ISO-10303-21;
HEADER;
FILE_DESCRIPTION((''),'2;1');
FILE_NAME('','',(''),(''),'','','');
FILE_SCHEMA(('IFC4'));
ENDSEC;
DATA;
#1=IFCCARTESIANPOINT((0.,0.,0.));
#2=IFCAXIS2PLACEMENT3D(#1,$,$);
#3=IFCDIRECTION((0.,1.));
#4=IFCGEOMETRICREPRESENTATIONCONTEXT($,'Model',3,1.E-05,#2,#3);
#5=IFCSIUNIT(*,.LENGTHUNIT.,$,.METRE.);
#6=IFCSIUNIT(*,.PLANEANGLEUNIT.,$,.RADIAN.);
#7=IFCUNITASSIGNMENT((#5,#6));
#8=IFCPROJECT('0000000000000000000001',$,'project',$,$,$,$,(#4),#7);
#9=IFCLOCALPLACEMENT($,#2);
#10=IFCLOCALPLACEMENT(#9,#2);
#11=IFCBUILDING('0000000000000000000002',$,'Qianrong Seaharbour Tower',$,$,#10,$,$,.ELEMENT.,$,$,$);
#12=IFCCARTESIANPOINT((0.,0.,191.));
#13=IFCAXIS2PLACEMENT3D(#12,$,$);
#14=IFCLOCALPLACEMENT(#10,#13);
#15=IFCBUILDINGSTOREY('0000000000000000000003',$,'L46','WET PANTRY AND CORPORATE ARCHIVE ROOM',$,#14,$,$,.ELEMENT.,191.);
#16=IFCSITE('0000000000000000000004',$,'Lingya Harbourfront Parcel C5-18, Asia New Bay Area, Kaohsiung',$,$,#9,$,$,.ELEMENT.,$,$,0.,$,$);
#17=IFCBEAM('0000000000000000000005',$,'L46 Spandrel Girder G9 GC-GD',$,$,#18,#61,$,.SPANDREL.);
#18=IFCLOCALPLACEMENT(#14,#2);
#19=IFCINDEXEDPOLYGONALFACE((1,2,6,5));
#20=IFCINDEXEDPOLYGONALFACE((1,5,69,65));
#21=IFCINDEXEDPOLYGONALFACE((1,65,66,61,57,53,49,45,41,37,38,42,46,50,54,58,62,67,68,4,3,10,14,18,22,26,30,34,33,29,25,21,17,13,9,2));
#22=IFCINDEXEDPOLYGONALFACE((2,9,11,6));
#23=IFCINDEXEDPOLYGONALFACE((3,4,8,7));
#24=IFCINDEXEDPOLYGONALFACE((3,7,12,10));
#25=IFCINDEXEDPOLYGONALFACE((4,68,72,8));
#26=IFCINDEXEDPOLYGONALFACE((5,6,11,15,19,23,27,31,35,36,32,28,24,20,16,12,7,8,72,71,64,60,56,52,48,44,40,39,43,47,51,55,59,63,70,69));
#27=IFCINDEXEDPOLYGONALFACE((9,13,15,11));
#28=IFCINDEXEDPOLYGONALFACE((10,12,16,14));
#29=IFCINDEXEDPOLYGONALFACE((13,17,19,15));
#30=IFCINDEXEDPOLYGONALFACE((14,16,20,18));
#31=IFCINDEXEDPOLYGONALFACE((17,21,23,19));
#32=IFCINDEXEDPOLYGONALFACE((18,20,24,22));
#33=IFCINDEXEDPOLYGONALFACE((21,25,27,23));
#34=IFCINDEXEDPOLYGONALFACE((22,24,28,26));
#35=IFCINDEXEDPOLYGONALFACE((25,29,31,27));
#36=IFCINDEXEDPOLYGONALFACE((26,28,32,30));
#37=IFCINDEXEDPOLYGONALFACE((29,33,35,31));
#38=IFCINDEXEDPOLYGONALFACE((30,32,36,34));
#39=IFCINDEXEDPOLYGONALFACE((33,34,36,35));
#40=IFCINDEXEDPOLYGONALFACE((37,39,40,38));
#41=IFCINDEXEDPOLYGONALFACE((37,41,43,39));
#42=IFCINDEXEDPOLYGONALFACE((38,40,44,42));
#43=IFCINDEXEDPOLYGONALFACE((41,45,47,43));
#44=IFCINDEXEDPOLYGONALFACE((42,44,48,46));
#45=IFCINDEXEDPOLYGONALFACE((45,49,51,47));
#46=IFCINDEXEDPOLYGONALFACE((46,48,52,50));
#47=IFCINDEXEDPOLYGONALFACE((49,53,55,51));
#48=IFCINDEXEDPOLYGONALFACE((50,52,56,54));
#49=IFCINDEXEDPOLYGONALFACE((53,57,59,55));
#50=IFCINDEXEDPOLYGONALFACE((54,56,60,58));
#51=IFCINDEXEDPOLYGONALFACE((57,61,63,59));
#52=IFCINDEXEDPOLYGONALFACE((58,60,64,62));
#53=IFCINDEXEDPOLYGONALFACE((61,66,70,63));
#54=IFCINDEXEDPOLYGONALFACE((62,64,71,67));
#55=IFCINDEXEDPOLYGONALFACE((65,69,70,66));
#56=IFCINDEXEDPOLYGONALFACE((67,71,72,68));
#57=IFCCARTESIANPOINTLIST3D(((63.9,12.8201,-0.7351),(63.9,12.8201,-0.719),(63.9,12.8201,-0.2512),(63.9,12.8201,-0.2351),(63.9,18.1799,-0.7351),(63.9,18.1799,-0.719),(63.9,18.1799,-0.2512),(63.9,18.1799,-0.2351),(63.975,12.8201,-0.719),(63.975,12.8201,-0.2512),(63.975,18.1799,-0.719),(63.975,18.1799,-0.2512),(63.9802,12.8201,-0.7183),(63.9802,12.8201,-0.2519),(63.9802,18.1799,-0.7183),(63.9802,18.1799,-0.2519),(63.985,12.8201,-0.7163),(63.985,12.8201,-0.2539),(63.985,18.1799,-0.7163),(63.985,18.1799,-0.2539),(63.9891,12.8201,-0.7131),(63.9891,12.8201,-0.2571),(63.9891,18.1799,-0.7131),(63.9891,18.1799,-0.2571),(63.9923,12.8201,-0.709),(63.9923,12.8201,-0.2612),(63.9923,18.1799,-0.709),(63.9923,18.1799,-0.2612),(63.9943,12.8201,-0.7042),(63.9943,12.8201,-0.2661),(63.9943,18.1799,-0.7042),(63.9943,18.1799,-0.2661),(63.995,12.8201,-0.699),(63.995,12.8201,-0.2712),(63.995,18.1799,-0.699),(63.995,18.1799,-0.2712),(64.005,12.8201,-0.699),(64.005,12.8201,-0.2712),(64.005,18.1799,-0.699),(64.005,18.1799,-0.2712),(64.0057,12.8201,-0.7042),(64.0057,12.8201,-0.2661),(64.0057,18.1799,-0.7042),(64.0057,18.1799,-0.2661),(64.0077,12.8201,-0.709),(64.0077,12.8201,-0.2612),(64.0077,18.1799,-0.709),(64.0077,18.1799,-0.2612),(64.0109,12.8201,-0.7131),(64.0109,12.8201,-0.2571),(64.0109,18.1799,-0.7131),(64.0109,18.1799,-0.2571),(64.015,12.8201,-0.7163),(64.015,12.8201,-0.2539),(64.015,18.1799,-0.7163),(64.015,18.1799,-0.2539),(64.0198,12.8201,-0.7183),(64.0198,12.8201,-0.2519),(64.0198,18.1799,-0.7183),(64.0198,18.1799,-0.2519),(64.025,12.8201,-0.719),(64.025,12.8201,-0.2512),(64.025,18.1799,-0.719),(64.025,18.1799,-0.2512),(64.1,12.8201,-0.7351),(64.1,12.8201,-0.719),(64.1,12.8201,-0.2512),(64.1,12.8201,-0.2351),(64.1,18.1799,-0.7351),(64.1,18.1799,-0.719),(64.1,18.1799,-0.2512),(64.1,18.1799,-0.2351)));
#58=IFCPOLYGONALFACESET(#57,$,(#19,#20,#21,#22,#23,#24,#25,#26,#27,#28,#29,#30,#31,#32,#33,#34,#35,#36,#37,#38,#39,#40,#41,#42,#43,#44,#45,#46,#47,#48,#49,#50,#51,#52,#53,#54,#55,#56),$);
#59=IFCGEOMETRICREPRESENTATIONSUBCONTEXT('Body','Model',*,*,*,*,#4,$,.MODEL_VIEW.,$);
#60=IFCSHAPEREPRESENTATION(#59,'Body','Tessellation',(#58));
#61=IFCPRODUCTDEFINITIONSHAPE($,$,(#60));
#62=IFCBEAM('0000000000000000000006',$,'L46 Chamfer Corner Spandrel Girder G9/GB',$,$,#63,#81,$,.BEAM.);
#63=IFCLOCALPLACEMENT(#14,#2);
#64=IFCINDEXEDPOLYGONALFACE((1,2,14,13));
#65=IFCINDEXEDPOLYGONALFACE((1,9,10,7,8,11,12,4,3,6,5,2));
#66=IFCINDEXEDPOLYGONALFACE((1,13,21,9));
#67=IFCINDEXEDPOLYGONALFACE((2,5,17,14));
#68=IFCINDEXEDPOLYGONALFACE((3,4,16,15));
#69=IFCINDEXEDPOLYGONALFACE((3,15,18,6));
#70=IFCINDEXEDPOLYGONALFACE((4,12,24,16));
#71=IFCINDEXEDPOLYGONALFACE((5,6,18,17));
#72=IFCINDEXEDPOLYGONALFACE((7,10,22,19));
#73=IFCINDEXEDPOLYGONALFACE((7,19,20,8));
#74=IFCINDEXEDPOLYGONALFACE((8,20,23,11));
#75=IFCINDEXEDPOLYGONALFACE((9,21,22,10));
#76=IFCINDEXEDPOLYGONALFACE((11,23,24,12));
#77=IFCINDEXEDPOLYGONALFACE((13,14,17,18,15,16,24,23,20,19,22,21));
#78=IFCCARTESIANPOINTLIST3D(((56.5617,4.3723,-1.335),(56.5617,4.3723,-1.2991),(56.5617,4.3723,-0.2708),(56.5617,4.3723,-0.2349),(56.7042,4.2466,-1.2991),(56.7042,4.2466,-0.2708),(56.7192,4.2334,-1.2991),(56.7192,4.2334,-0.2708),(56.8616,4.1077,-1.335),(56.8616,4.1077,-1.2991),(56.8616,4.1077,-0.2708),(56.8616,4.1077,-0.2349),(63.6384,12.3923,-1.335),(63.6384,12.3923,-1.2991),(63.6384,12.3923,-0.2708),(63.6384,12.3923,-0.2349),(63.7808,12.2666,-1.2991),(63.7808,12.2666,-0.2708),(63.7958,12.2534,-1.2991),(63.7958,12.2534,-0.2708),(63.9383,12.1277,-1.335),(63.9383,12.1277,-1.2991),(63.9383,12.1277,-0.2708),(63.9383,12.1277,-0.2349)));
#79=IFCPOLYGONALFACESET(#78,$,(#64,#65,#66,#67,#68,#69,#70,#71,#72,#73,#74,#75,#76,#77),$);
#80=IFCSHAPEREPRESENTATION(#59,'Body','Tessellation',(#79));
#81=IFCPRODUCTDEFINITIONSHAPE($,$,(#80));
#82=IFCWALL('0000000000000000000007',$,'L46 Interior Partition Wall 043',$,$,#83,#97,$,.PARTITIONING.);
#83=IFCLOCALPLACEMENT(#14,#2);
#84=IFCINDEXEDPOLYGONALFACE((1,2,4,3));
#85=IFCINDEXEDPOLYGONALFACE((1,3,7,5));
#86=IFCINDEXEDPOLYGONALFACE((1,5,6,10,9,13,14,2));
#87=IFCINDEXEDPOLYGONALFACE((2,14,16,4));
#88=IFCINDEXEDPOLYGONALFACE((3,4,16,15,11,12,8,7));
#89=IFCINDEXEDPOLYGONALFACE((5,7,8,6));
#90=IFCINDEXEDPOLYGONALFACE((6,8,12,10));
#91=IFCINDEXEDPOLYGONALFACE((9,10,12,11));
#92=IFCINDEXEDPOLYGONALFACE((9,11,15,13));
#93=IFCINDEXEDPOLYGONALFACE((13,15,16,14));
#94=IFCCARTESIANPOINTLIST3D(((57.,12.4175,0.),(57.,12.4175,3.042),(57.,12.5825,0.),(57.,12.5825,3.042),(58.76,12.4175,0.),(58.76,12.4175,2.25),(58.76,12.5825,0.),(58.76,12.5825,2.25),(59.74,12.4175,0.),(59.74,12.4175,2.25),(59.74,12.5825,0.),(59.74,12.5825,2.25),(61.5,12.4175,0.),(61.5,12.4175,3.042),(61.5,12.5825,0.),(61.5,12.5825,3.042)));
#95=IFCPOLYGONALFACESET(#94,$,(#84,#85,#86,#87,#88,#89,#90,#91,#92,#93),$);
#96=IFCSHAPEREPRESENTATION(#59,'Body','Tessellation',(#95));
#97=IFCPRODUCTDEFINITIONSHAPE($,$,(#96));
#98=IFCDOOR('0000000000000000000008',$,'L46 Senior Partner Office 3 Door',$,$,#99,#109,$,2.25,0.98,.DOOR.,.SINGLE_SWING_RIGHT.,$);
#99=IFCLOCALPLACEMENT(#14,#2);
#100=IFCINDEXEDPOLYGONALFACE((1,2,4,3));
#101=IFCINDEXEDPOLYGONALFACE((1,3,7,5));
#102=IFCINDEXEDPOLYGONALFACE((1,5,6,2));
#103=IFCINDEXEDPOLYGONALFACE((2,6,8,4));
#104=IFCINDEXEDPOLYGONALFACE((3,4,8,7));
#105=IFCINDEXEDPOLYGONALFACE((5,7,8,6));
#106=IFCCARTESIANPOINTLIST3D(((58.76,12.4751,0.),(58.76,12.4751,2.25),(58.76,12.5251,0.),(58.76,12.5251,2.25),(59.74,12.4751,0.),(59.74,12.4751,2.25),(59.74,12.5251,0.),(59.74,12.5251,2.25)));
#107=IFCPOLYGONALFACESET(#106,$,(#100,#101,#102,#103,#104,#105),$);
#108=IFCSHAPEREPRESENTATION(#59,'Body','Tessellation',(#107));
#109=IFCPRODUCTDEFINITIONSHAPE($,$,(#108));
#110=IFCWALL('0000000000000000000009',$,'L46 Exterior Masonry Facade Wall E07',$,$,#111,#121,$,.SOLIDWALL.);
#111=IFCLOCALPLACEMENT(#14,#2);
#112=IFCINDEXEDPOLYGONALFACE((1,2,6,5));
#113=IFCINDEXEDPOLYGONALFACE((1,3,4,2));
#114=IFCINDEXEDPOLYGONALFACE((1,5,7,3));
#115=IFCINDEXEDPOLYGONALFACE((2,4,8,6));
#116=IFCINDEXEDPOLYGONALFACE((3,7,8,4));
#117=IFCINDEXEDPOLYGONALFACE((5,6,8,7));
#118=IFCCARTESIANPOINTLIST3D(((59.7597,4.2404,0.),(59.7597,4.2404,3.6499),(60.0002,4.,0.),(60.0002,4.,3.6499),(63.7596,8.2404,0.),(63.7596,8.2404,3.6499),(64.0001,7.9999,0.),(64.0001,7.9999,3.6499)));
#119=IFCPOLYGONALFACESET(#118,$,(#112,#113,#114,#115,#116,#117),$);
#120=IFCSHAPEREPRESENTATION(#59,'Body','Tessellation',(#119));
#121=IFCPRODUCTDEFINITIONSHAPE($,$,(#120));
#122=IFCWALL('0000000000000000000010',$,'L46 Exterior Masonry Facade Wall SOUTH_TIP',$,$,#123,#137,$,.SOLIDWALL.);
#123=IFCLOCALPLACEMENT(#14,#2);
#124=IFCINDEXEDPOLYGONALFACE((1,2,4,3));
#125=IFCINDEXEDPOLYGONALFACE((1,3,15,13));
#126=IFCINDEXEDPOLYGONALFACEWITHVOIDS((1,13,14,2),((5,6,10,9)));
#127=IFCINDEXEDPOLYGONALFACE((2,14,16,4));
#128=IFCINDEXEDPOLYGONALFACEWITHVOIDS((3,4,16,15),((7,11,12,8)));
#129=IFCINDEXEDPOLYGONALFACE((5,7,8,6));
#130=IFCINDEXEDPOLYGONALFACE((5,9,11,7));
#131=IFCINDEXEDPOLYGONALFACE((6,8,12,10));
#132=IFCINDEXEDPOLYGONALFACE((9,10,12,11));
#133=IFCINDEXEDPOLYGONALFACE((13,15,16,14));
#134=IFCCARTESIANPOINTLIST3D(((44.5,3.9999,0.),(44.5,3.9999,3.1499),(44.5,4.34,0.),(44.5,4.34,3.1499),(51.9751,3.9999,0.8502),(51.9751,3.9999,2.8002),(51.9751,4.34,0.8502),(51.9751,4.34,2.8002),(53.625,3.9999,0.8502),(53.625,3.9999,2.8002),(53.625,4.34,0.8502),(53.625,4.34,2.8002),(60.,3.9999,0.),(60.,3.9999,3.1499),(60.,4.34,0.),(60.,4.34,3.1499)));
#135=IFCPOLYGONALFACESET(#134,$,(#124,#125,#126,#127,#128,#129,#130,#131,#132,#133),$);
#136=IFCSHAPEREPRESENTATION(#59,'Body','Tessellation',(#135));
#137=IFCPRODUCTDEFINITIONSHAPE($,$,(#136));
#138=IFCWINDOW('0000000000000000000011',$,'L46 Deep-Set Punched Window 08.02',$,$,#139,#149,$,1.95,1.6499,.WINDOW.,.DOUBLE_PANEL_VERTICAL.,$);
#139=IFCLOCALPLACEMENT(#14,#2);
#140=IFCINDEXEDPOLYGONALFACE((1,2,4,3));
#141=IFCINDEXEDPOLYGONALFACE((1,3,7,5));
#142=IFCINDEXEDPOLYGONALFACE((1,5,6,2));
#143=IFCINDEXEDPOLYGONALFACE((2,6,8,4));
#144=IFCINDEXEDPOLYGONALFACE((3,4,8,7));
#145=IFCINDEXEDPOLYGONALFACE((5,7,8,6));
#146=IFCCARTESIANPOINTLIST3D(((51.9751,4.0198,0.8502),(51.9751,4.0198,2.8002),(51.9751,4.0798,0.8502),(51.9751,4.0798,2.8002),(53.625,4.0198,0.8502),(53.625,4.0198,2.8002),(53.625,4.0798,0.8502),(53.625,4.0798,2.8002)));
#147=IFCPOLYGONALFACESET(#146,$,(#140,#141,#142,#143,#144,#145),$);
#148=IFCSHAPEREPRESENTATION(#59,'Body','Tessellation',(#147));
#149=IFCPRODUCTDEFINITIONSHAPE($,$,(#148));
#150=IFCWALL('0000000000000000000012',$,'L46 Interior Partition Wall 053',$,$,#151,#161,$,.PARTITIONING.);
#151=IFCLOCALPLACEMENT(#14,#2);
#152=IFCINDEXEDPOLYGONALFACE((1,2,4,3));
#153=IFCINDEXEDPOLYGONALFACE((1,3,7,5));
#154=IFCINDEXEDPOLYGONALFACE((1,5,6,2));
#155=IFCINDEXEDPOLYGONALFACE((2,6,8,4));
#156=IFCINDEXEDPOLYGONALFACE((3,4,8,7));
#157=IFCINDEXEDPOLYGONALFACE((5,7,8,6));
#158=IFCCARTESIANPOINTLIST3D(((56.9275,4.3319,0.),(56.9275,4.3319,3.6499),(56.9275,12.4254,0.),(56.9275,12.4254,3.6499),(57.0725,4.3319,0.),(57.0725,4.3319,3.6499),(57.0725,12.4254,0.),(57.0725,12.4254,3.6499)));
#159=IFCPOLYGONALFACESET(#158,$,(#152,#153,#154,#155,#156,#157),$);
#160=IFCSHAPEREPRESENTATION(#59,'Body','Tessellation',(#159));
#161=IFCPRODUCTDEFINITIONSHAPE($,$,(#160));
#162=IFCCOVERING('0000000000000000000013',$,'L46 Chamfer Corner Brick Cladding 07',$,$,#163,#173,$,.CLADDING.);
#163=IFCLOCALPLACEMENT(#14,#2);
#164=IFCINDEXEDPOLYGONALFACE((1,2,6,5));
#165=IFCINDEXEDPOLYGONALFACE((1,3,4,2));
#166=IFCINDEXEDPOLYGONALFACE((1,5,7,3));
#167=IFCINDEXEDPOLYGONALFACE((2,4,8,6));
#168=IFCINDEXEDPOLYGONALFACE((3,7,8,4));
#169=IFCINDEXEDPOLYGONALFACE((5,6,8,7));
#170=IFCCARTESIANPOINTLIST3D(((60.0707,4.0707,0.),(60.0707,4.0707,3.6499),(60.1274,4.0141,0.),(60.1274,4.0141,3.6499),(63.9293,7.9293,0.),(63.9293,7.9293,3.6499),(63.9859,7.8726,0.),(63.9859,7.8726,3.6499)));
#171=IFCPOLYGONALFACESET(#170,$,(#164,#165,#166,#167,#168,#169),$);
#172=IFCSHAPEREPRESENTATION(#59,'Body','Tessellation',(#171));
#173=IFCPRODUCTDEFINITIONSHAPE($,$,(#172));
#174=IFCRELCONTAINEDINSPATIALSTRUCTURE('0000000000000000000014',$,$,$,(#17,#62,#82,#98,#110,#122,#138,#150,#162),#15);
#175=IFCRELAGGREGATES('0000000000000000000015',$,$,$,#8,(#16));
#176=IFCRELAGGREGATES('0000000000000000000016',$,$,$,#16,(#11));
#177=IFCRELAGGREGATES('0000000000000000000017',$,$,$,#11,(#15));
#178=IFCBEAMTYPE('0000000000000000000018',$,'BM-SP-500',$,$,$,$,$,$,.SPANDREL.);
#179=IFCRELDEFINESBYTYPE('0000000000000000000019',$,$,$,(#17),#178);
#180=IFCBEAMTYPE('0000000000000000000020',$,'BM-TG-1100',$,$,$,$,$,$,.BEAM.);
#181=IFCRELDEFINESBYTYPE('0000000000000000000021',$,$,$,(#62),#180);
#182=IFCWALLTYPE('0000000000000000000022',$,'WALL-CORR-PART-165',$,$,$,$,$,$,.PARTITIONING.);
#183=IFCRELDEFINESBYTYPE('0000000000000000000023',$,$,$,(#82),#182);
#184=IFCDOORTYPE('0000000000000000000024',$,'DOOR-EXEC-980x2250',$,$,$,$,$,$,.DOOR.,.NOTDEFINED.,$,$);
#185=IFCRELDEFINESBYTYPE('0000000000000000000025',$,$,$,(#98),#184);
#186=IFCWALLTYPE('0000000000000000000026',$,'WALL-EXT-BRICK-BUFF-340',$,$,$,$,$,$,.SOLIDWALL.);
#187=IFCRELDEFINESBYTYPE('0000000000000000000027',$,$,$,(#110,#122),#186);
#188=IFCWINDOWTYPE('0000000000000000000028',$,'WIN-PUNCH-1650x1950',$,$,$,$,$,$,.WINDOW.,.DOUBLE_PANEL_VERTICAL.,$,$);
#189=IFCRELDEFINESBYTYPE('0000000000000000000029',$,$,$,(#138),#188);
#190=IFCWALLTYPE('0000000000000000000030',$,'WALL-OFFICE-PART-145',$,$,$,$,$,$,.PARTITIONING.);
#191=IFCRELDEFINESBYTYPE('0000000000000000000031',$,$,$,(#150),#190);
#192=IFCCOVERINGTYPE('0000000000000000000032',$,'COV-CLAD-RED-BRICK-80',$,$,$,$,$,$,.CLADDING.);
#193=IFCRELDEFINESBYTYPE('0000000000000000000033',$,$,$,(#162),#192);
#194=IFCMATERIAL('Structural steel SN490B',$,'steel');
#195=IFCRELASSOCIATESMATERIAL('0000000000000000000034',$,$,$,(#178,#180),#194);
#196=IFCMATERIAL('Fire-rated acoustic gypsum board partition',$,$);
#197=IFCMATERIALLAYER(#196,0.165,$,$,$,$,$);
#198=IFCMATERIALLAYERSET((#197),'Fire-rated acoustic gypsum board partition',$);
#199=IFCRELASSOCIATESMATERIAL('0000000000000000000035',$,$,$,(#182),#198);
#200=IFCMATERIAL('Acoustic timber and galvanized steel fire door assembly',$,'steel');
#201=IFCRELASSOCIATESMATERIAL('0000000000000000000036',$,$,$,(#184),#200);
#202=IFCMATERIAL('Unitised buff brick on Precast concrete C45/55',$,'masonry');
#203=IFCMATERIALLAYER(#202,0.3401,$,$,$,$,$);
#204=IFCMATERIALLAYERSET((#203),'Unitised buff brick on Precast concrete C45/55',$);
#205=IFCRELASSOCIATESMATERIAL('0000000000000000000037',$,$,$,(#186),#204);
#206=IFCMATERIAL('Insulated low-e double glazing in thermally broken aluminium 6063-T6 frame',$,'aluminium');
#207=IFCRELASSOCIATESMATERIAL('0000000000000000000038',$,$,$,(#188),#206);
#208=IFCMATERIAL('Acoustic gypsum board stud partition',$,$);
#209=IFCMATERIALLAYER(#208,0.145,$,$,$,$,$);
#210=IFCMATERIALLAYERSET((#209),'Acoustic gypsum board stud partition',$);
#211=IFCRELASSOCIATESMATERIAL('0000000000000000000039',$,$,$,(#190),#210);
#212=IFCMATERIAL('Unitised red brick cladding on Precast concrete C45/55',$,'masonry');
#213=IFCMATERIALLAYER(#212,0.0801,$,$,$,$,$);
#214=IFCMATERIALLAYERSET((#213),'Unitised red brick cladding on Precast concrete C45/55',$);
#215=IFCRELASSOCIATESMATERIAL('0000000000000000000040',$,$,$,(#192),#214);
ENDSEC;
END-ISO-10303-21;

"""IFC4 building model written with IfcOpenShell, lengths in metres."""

from ifc_helpers import new_model, si_unit, direction, frame, frame_2d, origin, origin_2d, place, context, subcontext, project, spatial, rectangle, i_section, extrude, material, layer, layer_set, material_profile, profile_set, type_object, element, fill, save


model = new_model("IFC4")

# Units and contexts
model_context = context("Model", 3, precision=1e-05, world=origin(), true_north=direction((0.0, 1.0)))
body_context = subcontext(model_context, "Body", "Model", "MODEL_VIEW")
ifc_project = project(units=[si_unit("LENGTHUNIT", "METRE"), si_unit("PLANEANGLEUNIT", "RADIAN")], contexts=[model_context])

# Site, building, storey
site_placement = place(None, origin())
site = spatial("IfcSite", under=ifc_project, at=site_placement, Name="Lingya Harbourfront Parcel C5-18, Asia New Bay Area, Kaohsiung", CompositionType="ELEMENT", RefElevation=0.0)
building_placement = place(site_placement, origin())
building = spatial("IfcBuilding", under=site, at=building_placement, Name="Qianrong Seaharbour Tower", CompositionType="ELEMENT")
storey_placement = place(building_placement, frame((0.0, 0.0, 191.0)))
storey = spatial("IfcBuildingStorey", under=building, at=storey_placement, Name="L46", Description="WET PANTRY AND CORPORATE ARCHIVE ROOM", CompositionType="ELEMENT", Elevation=191.0)

# Shared definitions
ifc_material_1 = material(Name="Structural steel SN490B", Category="steel")

# Beams
ifc_material_profile_1 = material_profile(ifc_material_1, i_section(OverallWidth=0.2, OverallDepth=0.5, WebThickness=0.01, FlangeThickness=0.0161, FilletRadius=0.02, at=origin_2d()), Name="H500x200x10x16")
ifc_profile_set_1 = profile_set([ifc_material_profile_1], Name="Structural steel SN490B")
beam_type_1 = type_object("IfcBeamType", Name="BM-SP-500", PredefinedType="SPANDREL", material=ifc_profile_set_1)
beam_1_placement = place(storey_placement, frame((64.0, 12.8201, -0.4851), z_axis=(0.0, 1.0, 0.0), x_axis=(-1.0, 0.0, 0.0)))
element("IfcBeam", 1, at=beam_1_placement, inside=storey, type_object=beam_type_1, Name="L46 Spandrel Girder G9 GC-GD", PredefinedType="SPANDREL", context=body_context, shape_type="SweptSolid", body=[
    extrude(i_section(OverallWidth=0.2, OverallDepth=0.5, WebThickness=0.01, FlangeThickness=0.0161, FilletRadius=0.02, at=origin_2d()), origin(), (0.0, 0.0, 1.0), 5.3599),
])
ifc_material_profile_2 = material_profile(ifc_material_1, i_section(OverallWidth=0.3999, OverallDepth=1.1001, WebThickness=0.02, FlangeThickness=0.0359, at=origin_2d()), Name="BH1100x400x20x36")
ifc_profile_set_2 = profile_set([ifc_material_profile_2], Name="Structural steel SN490B")
beam_type_2 = type_object("IfcBeamType", Name="BM-TG-1100", PredefinedType="BEAM", material=ifc_profile_set_2)
beam_2_placement = place(storey_placement, frame((56.7117, 4.24, -0.7849), z_axis=(0.661631, 0.74983, 0.0), x_axis=(-0.74983, 0.661631, 0.0)))
element("IfcBeam", 2, at=beam_2_placement, inside=storey, type_object=beam_type_2, Name="L46 Chamfer Corner Spandrel Girder G9/GB", PredefinedType="BEAM", context=body_context, shape_type="SweptSolid", body=[
    extrude(i_section(OverallWidth=0.3999, OverallDepth=1.1001, WebThickness=0.02, FlangeThickness=0.0359, at=origin_2d()), origin(), (0.0, 0.0, 1.0), 10.6958),
])

# Wall, opening, door
ifc_material_2 = material(Name="Fire-rated acoustic gypsum board partition")
ifc_layer_1 = layer(ifc_material_2, 0.165)
ifc_layer_set_1 = layer_set([ifc_layer_1], Name="Fire-rated acoustic gypsum board partition")
wall_type_1 = type_object("IfcWallType", Name="WALL-CORR-PART-165", PredefinedType="PARTITIONING", material=ifc_layer_set_1)
ifc_material_3 = material(Name="Acoustic timber and galvanized steel fire door assembly", Category="steel")
wall_1_placement = place(storey_placement, frame((61.5, 12.5, 0.0), z_axis=(0.0, 0.0, 1.0), x_axis=(-1.0, 0.0, 0.0)))
wall_1 = element("IfcWall", 3, at=wall_1_placement, inside=storey, type_object=wall_type_1, Name="L46 Interior Partition Wall 043", PredefinedType="PARTITIONING", context=body_context, shape_type="SweptSolid", body=[
    extrude(rectangle(XDim=4.5, YDim=0.165, at=frame_2d((2.25, 0.0))), origin(), (0.0, 0.0, 1.0), 3.042),
])
opening_1_placement = place(wall_1_placement, frame((1.76, 0.0, 0.0)))
opening_1 = element("IfcOpeningElement", 4, at=opening_1_placement, cuts=wall_1, PredefinedType="OPENING", context=body_context, shape_type="SweptSolid", body=[
    extrude(rectangle(XDim=0.98, YDim=2.25, at=frame_2d((0.49, 1.125))), frame((0.0, 0.0925, 0.0), z_axis=(0.0, -1.0, 0.0), x_axis=(1.0, 0.0, 0.0)), (0.0, 0.0, 1.0), 0.1851),
])
door_type_1 = type_object("IfcDoorType", Name="DOOR-EXEC-980x2250", OperationType="NOTDEFINED", PredefinedType="DOOR", material=ifc_material_3)
door_1_placement = place(opening_1_placement, origin())
door_1 = element("IfcDoor", 5, at=door_1_placement, inside=storey, type_object=door_type_1, Name="L46 Senior Partner Office 3 Door", OperationType="SINGLE_SWING_RIGHT", OverallHeight=2.25, OverallWidth=0.98, PredefinedType="DOOR", context=body_context, shape_type="SweptSolid", body=[
    extrude(rectangle(XDim=0.98, YDim=2.25, at=frame_2d((0.49, 1.125))), frame((0.0, 0.0249, 0.0), z_axis=(0.0, -1.0, 0.0), x_axis=(1.0, 0.0, 0.0)), (0.0, 0.0, 1.0), 0.05),
])
fill(opening_1, door_1)

# Wall
ifc_material_4 = material(Name="Unitised buff brick on Precast concrete C45/55", Category="masonry")
ifc_layer_2 = layer(ifc_material_4, 0.3401)
ifc_layer_set_2 = layer_set([ifc_layer_2], Name="Unitised buff brick on Precast concrete C45/55")
wall_type_2 = type_object("IfcWallType", Name="WALL-EXT-BRICK-BUFF-340", PredefinedType="SOLIDWALL", material=ifc_layer_set_2)
wall_2_placement = place(storey_placement, frame((63.8799, 8.1201, 0.0), z_axis=(0.0, 0.0, 1.0), x_axis=(-0.707107, -0.707107, 0.0)))
element("IfcWall", 6, at=wall_2_placement, inside=storey, type_object=wall_type_2, Name="L46 Exterior Masonry Facade Wall E07", PredefinedType="SOLIDWALL", context=body_context, shape_type="SweptSolid", body=[
    extrude(rectangle(XDim=5.6567, YDim=0.3401, at=frame_2d((2.8284, 0.0))), origin(), (0.0, 0.0, 1.0), 3.6499),
])

# Wall, opening, window
wall_3_placement = place(storey_placement, frame((60.0, 4.1699, 0.0), z_axis=(0.0, 0.0, 1.0), x_axis=(-1.0, 0.0, 0.0)))
wall_3 = element("IfcWall", 7, at=wall_3_placement, inside=storey, type_object=wall_type_2, Name="L46 Exterior Masonry Facade Wall SOUTH_TIP", PredefinedType="SOLIDWALL", context=body_context, shape_type="SweptSolid", body=[
    extrude(rectangle(XDim=15.5, YDim=0.3401, at=frame_2d((7.75, 0.0))), origin(), (0.0, 0.0, 1.0), 3.1499),
])
opening_2_placement = place(wall_3_placement, frame((6.375, 0.0, 0.8501)))
opening_2 = element("IfcOpeningElement", 8, at=opening_2_placement, cuts=wall_3, PredefinedType="OPENING", context=body_context, shape_type="SweptSolid", body=[
    extrude(rectangle(XDim=1.6499, YDim=1.95, at=frame_2d((0.825, 0.9751))), frame((0.0, 0.1802, 0.0), z_axis=(0.0, -1.0, 0.0), x_axis=(1.0, 0.0, 0.0)), (0.0, 0.0, 1.0), 0.3601),
])
ifc_material_5 = material(Name="Insulated low-e double glazing in thermally broken aluminium 6063-T6 frame", Category="aluminium")
window_type = type_object("IfcWindowType", Name="WIN-PUNCH-1650x1950", PartitioningType="DOUBLE_PANEL_VERTICAL", PredefinedType="WINDOW", material=ifc_material_5)
window_placement = place(opening_2_placement, origin())
window = element("IfcWindow", 9, at=window_placement, inside=storey, type_object=window_type, Name="L46 Deep-Set Punched Window 08.02", OverallHeight=1.95, OverallWidth=1.6499, PartitioningType="DOUBLE_PANEL_VERTICAL", PredefinedType="WINDOW", context=body_context, shape_type="SweptSolid", body=[
    extrude(rectangle(XDim=1.6499, YDim=1.95, at=frame_2d((0.825, 0.9751))), frame((0.0, 0.1501, 0.0), z_axis=(0.0, -1.0, 0.0), x_axis=(1.0, 0.0, 0.0)), (0.0, 0.0, 1.0), 0.0601),
])
fill(opening_2, window)

# Wall
ifc_material_6 = material(Name="Acoustic gypsum board stud partition")
ifc_layer_3 = layer(ifc_material_6, 0.145)
ifc_layer_set_3 = layer_set([ifc_layer_3], Name="Acoustic gypsum board stud partition")
wall_type_3 = type_object("IfcWallType", Name="WALL-OFFICE-PART-145", PredefinedType="PARTITIONING", material=ifc_layer_set_3)
wall_4_placement = place(storey_placement, frame((57.0, 12.4255, 0.0), z_axis=(0.0, 0.0, 1.0), x_axis=(0.0, -1.0, 0.0)))
element("IfcWall", 10, at=wall_4_placement, inside=storey, type_object=wall_type_3, Name="L46 Interior Partition Wall 053", PredefinedType="PARTITIONING", context=body_context, shape_type="SweptSolid", body=[
    extrude(rectangle(XDim=8.0935, YDim=0.145, at=frame_2d((4.0469, 0.0))), origin(), (0.0, 0.0, 1.0), 3.6499),
])

# Covering
ifc_material_7 = material(Name="Unitised red brick cladding on Precast concrete C45/55", Category="masonry")
ifc_layer_4 = layer(ifc_material_7, 0.0801)
ifc_layer_set_4 = layer_set([ifc_layer_4], Name="Unitised red brick cladding on Precast concrete C45/55")
covering_type = type_object("IfcCoveringType", Name="COV-CLAD-RED-BRICK-80", PredefinedType="CLADDING", material=ifc_layer_set_4)
covering_placement = place(storey_placement, frame((62.0283, 5.9717, 0.0), z_axis=(0.0, 0.0, 1.0), x_axis=(-0.707107, -0.707107, 0.0)))
element("IfcCovering", 11, at=covering_placement, inside=storey, type_object=covering_type, Name="L46 Chamfer Corner Brick Cladding 07", PredefinedType="CLADDING", context=body_context, shape_type="SweptSolid", body=[
    extrude(rectangle(XDim=5.4568, YDim=0.0801, at=origin_2d()), origin(), (0.0, 0.0, 1.0), 3.6499),
])

save(model, "model.ifc")
